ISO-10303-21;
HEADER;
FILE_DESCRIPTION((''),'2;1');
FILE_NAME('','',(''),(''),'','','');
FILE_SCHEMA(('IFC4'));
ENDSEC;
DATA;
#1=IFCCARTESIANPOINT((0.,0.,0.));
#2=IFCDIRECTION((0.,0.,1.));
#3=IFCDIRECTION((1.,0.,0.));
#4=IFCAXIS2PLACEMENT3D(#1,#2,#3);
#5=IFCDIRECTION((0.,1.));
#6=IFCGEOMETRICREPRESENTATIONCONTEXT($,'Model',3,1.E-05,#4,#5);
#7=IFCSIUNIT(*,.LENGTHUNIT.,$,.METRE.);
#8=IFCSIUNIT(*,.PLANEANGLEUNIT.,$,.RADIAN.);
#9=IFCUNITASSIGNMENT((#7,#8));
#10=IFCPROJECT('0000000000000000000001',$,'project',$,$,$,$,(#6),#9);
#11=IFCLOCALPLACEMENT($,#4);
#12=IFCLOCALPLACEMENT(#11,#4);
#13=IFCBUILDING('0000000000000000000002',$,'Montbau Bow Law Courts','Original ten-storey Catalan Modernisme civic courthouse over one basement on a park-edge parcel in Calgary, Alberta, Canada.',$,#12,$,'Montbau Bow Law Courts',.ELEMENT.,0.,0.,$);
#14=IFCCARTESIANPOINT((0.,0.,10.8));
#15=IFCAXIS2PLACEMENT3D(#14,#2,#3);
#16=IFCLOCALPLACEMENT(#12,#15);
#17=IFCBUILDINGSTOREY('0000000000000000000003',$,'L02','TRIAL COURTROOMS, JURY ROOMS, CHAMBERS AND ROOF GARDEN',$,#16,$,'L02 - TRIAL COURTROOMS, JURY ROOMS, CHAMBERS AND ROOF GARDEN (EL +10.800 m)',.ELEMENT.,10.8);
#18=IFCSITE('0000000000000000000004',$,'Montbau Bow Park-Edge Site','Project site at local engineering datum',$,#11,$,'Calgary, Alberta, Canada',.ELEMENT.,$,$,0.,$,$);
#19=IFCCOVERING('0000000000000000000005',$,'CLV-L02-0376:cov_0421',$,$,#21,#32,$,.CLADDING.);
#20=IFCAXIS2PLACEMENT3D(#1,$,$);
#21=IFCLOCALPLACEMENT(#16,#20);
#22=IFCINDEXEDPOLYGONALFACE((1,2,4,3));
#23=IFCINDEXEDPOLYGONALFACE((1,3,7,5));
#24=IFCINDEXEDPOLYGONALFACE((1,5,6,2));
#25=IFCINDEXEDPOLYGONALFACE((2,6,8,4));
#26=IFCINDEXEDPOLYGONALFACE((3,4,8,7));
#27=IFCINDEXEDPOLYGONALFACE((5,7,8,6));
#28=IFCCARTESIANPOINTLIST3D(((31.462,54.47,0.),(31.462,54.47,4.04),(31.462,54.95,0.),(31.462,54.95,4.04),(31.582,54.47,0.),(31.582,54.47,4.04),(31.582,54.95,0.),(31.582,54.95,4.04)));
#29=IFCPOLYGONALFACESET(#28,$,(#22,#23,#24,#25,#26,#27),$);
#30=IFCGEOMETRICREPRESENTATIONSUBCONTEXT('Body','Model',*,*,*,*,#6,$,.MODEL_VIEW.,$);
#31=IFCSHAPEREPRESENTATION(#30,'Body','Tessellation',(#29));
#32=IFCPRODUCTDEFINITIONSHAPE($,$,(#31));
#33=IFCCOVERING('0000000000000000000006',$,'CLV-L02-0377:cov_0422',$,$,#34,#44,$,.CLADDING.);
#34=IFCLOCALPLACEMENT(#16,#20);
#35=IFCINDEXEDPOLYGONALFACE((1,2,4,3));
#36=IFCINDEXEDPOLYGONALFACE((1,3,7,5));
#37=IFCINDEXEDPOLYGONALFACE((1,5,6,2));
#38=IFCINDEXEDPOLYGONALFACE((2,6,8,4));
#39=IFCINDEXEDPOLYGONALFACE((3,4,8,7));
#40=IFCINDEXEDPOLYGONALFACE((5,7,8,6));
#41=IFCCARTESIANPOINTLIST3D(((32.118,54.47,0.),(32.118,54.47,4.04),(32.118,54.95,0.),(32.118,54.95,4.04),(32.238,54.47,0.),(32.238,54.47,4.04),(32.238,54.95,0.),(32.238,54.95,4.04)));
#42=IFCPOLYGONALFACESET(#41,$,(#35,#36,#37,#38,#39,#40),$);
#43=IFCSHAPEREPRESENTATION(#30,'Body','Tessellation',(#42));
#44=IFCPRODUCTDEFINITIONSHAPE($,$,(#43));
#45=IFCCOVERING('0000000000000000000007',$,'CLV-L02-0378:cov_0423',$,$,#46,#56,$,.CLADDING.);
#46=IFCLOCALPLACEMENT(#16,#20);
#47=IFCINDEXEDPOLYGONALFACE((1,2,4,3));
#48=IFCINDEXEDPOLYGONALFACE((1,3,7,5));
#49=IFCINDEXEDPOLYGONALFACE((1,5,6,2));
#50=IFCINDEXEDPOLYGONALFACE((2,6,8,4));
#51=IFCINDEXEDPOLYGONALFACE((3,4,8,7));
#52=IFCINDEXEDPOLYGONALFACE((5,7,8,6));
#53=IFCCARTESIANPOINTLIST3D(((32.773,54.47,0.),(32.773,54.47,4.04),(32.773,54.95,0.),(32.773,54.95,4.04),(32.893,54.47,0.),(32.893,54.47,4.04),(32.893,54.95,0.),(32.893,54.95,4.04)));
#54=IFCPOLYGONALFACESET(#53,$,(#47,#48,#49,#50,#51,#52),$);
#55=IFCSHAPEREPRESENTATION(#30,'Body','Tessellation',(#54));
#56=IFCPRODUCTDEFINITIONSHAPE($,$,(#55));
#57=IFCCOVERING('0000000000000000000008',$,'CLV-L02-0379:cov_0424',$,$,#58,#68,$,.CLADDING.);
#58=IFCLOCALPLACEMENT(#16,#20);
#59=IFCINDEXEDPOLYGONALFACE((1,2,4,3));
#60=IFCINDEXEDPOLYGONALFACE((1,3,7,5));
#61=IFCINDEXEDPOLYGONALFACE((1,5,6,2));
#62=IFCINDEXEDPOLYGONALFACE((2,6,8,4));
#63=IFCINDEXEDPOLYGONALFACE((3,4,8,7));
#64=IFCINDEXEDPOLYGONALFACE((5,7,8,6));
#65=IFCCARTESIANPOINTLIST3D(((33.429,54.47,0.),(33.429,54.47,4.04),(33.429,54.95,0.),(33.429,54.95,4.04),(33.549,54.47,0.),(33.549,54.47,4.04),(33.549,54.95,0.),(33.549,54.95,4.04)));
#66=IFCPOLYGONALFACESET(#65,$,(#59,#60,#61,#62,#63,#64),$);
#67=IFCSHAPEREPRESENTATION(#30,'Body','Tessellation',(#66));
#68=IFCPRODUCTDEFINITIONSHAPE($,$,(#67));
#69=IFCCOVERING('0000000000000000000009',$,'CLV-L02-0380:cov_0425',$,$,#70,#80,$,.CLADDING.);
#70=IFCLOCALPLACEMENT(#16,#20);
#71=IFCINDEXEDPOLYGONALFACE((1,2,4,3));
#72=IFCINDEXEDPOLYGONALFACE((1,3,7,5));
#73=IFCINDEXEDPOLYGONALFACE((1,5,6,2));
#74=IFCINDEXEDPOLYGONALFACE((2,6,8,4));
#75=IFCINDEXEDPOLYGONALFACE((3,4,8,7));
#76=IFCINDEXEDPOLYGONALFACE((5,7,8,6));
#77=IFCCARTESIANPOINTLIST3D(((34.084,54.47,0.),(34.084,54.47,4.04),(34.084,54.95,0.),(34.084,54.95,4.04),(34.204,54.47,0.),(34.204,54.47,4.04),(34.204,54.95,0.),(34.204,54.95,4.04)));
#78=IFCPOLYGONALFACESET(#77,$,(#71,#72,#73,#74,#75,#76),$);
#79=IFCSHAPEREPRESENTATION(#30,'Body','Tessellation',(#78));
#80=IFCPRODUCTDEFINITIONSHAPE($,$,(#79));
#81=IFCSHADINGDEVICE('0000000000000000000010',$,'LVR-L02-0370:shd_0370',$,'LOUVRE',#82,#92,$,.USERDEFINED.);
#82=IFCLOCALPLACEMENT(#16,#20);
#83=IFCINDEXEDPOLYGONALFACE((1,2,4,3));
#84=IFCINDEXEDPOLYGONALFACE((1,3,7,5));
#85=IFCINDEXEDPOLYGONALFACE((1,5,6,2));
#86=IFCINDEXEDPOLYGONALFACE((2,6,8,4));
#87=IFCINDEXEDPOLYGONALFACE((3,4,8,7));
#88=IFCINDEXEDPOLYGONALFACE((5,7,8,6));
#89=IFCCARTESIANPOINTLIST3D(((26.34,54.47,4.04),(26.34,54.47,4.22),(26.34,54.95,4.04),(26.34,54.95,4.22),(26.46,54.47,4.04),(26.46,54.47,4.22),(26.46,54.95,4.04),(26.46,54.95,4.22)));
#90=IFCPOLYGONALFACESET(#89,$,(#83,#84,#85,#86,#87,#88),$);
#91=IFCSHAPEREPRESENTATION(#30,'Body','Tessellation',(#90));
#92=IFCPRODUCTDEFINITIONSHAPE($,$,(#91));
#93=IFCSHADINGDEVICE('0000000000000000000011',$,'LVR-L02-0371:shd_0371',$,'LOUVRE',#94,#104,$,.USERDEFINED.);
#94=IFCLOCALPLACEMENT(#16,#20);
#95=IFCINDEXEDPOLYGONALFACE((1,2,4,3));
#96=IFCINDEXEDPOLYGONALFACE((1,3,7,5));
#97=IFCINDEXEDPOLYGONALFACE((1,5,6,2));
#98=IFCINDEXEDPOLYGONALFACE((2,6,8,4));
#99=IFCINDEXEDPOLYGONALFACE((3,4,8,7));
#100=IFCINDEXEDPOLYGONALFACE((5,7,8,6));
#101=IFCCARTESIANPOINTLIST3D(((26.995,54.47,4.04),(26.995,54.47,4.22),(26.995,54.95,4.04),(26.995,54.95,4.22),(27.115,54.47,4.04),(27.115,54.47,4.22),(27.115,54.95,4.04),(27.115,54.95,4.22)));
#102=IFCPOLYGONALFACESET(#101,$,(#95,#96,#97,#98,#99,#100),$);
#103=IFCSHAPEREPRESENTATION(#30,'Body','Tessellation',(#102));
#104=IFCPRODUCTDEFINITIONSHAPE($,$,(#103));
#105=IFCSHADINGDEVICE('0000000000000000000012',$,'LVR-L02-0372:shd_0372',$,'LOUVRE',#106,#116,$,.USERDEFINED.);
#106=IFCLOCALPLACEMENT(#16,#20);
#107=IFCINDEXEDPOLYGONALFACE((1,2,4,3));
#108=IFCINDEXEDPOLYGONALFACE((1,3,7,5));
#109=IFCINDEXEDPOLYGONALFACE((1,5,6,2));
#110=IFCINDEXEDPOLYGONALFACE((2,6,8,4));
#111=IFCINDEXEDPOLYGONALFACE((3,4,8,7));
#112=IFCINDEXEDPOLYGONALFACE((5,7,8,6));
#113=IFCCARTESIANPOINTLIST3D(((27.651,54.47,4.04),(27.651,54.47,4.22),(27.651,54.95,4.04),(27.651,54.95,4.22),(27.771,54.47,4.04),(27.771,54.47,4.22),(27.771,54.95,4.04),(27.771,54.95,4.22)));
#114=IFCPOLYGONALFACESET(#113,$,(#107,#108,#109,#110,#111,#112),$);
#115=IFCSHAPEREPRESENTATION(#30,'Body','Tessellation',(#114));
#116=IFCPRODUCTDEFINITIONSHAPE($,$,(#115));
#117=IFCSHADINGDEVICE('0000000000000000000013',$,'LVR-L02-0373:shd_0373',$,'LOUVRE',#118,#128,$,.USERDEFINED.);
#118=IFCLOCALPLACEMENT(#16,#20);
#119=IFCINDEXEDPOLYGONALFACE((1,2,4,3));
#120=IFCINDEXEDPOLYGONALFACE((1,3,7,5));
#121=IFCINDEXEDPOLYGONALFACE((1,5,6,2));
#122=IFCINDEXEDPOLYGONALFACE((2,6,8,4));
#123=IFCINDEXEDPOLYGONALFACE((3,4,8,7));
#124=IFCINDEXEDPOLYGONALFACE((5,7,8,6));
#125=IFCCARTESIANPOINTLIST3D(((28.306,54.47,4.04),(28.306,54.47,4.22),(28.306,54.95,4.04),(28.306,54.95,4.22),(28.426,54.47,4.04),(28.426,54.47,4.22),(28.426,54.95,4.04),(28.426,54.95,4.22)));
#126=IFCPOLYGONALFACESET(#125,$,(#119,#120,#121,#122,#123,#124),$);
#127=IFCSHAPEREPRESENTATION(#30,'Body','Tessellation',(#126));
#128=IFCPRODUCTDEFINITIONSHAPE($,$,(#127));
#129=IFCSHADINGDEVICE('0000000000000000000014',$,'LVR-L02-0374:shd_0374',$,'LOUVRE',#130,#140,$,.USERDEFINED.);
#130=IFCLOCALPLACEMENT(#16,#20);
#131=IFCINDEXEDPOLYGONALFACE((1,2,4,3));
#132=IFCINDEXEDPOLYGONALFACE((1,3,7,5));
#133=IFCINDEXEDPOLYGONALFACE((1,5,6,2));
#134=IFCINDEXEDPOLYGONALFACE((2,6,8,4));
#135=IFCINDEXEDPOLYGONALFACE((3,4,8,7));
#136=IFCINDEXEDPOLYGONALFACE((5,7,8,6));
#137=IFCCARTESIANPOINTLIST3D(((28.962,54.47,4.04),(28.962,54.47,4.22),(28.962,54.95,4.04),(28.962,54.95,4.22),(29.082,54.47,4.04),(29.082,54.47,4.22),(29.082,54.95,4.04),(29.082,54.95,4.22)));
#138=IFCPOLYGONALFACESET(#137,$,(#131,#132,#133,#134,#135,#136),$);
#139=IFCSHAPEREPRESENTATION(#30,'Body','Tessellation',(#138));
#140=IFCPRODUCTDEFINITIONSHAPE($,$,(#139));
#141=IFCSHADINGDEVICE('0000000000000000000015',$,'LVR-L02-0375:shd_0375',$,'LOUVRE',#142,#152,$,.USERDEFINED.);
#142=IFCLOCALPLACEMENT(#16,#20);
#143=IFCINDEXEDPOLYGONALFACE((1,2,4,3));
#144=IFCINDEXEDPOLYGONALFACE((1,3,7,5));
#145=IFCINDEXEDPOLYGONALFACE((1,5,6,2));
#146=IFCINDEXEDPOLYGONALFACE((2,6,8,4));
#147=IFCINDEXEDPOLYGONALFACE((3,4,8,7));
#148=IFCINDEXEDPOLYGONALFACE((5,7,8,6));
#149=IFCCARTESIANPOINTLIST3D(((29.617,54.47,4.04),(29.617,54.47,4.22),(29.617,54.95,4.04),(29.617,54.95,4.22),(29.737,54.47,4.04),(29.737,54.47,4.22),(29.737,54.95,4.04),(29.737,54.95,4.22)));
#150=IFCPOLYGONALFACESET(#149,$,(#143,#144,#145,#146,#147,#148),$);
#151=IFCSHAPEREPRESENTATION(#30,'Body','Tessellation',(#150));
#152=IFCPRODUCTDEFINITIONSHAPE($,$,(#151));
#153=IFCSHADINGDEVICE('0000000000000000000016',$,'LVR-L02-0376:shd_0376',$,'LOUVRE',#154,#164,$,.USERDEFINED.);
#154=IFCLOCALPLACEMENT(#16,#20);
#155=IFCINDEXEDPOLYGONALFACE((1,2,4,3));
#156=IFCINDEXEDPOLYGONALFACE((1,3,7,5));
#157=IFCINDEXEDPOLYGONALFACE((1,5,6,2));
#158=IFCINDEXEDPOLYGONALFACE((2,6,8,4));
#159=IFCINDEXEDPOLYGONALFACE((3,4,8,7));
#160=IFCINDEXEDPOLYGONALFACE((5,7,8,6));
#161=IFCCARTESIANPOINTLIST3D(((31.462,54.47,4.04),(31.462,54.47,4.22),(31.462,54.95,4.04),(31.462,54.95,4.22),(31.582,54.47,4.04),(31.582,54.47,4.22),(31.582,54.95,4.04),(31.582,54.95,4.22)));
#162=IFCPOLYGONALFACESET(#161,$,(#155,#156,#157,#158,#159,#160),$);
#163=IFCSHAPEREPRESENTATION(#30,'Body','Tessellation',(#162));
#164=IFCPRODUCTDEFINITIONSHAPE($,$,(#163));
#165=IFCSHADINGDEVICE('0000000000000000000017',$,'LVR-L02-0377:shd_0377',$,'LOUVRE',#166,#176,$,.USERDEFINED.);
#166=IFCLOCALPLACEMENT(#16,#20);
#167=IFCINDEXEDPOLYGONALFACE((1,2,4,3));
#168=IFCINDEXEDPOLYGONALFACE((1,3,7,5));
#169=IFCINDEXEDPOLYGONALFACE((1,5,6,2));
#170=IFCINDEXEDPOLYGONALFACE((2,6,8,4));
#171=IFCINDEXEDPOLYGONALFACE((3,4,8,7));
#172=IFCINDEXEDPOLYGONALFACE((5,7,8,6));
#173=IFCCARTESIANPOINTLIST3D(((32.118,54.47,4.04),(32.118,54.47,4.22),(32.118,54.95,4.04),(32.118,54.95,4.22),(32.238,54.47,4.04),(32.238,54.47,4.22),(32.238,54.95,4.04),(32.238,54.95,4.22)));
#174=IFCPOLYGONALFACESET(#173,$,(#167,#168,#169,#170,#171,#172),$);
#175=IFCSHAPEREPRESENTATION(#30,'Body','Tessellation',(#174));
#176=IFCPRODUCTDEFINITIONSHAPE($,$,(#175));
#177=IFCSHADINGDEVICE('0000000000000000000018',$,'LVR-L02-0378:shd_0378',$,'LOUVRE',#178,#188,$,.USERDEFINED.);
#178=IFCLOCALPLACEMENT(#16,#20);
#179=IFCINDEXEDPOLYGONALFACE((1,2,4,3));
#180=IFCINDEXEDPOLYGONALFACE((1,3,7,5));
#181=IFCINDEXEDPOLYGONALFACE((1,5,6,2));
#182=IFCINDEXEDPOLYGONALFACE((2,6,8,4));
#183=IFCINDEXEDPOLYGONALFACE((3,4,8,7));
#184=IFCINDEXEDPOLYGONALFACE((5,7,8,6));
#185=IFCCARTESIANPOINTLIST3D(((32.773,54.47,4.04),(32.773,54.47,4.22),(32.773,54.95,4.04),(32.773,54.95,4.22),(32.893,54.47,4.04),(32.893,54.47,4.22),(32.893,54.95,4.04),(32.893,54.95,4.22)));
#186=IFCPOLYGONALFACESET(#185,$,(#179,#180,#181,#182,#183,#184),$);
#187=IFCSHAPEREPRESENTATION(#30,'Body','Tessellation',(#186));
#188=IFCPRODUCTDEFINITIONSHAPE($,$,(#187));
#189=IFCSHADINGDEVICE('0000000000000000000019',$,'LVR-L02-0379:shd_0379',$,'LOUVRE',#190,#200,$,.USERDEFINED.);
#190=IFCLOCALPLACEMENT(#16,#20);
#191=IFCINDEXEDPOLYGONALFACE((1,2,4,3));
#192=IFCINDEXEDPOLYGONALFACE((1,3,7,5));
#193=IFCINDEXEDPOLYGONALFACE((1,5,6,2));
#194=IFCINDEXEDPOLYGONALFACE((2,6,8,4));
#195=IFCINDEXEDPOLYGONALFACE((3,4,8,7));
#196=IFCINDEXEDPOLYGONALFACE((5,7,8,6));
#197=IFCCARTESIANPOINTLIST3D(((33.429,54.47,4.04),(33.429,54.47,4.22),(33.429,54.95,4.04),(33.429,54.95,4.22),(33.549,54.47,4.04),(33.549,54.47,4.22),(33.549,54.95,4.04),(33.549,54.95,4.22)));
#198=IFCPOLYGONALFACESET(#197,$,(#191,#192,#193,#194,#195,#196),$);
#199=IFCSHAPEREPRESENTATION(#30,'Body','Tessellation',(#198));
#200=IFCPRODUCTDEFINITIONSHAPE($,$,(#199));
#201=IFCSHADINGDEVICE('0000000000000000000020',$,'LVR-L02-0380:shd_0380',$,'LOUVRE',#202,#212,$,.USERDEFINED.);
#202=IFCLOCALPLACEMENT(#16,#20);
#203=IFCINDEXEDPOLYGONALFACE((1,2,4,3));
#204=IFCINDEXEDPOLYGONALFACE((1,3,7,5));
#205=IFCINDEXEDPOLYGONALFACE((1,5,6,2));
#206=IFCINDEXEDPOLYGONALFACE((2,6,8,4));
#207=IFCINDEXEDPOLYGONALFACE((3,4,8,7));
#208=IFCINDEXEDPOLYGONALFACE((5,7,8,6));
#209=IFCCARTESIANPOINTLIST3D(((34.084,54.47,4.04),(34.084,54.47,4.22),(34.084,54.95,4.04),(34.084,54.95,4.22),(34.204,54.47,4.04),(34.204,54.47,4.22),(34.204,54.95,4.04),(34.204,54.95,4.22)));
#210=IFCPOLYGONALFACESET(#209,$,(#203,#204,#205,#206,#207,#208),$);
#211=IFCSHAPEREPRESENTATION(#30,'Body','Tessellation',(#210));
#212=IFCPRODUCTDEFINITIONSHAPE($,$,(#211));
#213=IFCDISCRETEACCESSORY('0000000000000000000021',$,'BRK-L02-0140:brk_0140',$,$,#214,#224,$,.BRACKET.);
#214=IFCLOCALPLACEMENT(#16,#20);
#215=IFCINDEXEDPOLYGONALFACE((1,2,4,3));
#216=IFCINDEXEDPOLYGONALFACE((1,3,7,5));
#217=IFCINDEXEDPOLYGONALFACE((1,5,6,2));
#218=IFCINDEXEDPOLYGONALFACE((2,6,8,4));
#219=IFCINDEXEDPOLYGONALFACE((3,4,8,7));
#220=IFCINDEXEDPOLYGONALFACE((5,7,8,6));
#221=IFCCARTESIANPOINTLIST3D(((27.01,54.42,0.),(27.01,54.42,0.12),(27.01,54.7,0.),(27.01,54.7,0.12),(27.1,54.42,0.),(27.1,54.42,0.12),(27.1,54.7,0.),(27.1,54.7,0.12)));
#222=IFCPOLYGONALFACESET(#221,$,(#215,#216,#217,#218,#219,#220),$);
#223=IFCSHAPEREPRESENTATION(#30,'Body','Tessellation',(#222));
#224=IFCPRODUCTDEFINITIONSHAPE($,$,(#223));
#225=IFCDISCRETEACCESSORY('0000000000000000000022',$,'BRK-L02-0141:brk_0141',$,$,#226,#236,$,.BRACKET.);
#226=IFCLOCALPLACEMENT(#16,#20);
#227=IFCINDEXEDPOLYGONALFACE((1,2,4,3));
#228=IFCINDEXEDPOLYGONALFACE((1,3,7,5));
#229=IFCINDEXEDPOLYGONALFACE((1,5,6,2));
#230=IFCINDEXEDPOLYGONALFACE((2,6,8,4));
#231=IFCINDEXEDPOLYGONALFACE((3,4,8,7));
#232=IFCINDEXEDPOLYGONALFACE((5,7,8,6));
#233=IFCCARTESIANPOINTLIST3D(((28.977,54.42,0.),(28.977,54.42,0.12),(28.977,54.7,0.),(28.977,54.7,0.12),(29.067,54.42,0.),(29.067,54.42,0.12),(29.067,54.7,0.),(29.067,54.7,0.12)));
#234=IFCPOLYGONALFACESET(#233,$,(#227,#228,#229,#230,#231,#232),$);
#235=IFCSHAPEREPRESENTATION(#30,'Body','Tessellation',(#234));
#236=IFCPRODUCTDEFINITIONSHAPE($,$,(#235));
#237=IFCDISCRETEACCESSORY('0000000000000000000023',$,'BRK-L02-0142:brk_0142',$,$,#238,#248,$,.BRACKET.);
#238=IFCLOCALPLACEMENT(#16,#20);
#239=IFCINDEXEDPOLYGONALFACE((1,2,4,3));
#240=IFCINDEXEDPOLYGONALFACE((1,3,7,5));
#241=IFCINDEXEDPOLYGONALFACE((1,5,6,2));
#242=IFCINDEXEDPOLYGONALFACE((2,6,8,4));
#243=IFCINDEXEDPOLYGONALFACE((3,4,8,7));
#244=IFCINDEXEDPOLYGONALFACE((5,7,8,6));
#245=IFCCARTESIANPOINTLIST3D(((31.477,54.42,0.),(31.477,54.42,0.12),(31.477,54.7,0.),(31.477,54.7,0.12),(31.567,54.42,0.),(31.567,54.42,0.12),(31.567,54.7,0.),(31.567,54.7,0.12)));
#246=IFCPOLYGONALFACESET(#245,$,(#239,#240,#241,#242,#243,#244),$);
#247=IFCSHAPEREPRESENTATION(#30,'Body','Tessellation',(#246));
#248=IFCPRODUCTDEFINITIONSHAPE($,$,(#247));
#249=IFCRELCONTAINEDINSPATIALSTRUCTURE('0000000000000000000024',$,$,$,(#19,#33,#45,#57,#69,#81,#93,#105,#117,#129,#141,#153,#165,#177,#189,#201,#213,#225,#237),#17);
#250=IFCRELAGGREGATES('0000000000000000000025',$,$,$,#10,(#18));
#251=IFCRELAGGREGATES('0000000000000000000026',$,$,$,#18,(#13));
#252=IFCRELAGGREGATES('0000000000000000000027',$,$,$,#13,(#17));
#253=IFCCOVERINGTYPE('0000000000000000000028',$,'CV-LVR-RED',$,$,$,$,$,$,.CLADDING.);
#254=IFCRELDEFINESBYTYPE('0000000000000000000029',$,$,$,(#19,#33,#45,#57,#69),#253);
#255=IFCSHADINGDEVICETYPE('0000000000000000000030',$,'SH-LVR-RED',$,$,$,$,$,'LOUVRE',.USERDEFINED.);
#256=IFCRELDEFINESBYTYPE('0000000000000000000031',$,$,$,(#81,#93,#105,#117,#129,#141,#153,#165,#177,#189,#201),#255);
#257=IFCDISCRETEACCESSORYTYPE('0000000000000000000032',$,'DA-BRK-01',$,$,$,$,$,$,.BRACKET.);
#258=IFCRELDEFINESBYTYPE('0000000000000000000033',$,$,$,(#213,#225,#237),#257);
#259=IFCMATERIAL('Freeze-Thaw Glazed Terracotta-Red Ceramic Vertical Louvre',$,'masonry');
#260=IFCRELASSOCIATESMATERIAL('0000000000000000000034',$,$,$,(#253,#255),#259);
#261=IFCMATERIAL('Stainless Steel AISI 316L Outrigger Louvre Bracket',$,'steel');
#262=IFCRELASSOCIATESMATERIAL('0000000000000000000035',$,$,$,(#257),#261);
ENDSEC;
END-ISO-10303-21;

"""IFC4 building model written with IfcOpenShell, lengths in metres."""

from ifc_helpers import new_model, si_unit, direction, frame, frame_2d, origin_with_axes, origin_2d_with_axis, place, context, subcontext, project, spatial, rectangle, extrude, material, type_object, element, save


model = new_model("IFC4")

# Units and contexts
model_context = context("Model", 3, precision=1e-05, world=origin_with_axes(), true_north=direction((0.0, 1.0)))
body_context = subcontext(model_context, "Body", "Model", "MODEL_VIEW")
ifc_project = project(units=[si_unit("LENGTHUNIT", "METRE"), si_unit("PLANEANGLEUNIT", "RADIAN")], contexts=[model_context])

# Site, building, storey
site_placement = place(None, origin_with_axes())
site = spatial("IfcSite", under=ifc_project, at=site_placement, Name="Montbau Bow Park-Edge Site", Description="Project site at local engineering datum", LongName="Calgary, Alberta, Canada", CompositionType="ELEMENT", RefElevation=0.0)
building_placement = place(site_placement, origin_with_axes())
building = spatial("IfcBuilding", under=site, at=building_placement, Name="Montbau Bow Law Courts", Description="Original ten-storey Catalan Modernisme civic courthouse over one basement on a park-edge parcel in Calgary, Alberta, Canada.", LongName="Montbau Bow Law Courts", CompositionType="ELEMENT", ElevationOfRefHeight=0.0, ElevationOfTerrain=0.0)
storey_placement = place(building_placement, frame((0.0, 0.0, 10.8), z_axis=(0.0, 0.0, 1.0), x_axis=(1.0, 0.0, 0.0)))
storey = spatial("IfcBuildingStorey", under=building, at=storey_placement, Name="L02", Description="TRIAL COURTROOMS, JURY ROOMS, CHAMBERS AND ROOF GARDEN", LongName="L02 - TRIAL COURTROOMS, JURY ROOMS, CHAMBERS AND ROOF GARDEN (EL +10.800 m)", CompositionType="ELEMENT", Elevation=10.8)

# Coverings
ifc_material_1 = material(Name="Freeze-Thaw Glazed Terracotta-Red Ceramic Vertical Louvre", Category="masonry")
covering_type = type_object("IfcCoveringType", Name="CV-LVR-RED", PredefinedType="CLADDING", material=ifc_material_1)
for number, where, z_axis, x_axis, name in (
    (1, (31.522, 54.47, 10.8), (1.0, 0.0, 0.0), (0.0, 1.0, 0.0), "CLV-L02-0376:cov_0421"),
    (2, (32.178, 54.47, 10.8), (1.0, 0.0, 0.0), (0.0, 1.0, 0.0), "CLV-L02-0377:cov_0422"),
    (3, (32.833, 54.47, 10.8), (1.0, 0.0, 0.0), (0.0, 1.0, 0.0), "CLV-L02-0378:cov_0423"),
    (4, (33.489, 54.47, 10.8), (1.0, 0.0, 0.0), (0.0, 1.0, 0.0), "CLV-L02-0379:cov_0424"),
    (5, (34.144, 54.47, 10.8), (1.0, 0.0, 0.0), (0.0, 1.0, 0.0), "CLV-L02-0380:cov_0425"),
):
    element("IfcCovering", number, at=place(None, frame(where, z_axis=z_axis, x_axis=x_axis)), inside=storey, type_object=covering_type, Name=name, PredefinedType="CLADDING", context=body_context, shape_type="SweptSolid", body=[
        extrude(rectangle(XDim=0.48, YDim=4.04, at=frame_2d((0.24, 2.02), x_axis=(1.0, 0.0))), frame((0.0, 0.0, -0.06), z_axis=(0.0, 0.0, 1.0), x_axis=(1.0, 0.0, 0.0)), (0.0, 0.0, 1.0), 0.12),
    ])

# Shading devices
shading_device_type = type_object("IfcShadingDeviceType", Name="SH-LVR-RED", ElementType="LOUVRE", PredefinedType="USERDEFINED", material=ifc_material_1)
for number, where, z_axis, x_axis, name in (
    (6, (26.4, 54.71, 14.84), (0.0, 0.0, 1.0), (0.0, 1.0, 0.0), "LVR-L02-0370:shd_0370"),
    (7, (27.055, 54.71, 14.84), (0.0, 0.0, 1.0), (0.0, 1.0, 0.0), "LVR-L02-0371:shd_0371"),
    (8, (27.711, 54.71, 14.84), (0.0, 0.0, 1.0), (0.0, 1.0, 0.0), "LVR-L02-0372:shd_0372"),
    (9, (28.366, 54.71, 14.84), (0.0, 0.0, 1.0), (0.0, 1.0, 0.0), "LVR-L02-0373:shd_0373"),
    (10, (29.022, 54.71, 14.84), (0.0, 0.0, 1.0), (0.0, 1.0, 0.0), "LVR-L02-0374:shd_0374"),
    (11, (29.677, 54.71, 14.84), (0.0, 0.0, 1.0), (0.0, 1.0, 0.0), "LVR-L02-0375:shd_0375"),
    (12, (31.522, 54.71, 14.84), (0.0, 0.0, 1.0), (0.0, 1.0, 0.0), "LVR-L02-0376:shd_0376"),
    (13, (32.178, 54.71, 14.84), (0.0, 0.0, 1.0), (0.0, 1.0, 0.0), "LVR-L02-0377:shd_0377"),
    (14, (32.833, 54.71, 14.84), (0.0, 0.0, 1.0), (0.0, 1.0, 0.0), "LVR-L02-0378:shd_0378"),
    (15, (33.489, 54.71, 14.84), (0.0, 0.0, 1.0), (0.0, 1.0, 0.0), "LVR-L02-0379:shd_0379"),
    (16, (34.144, 54.71, 14.84), (0.0, 0.0, 1.0), (0.0, 1.0, 0.0), "LVR-L02-0380:shd_0380"),
):
    element("IfcShadingDevice", number, at=place(None, frame(where, z_axis=z_axis, x_axis=x_axis)), inside=storey, type_object=shading_device_type, Name=name, ObjectType="LOUVRE", PredefinedType="USERDEFINED", context=body_context, shape_type="SweptSolid", body=[
        extrude(rectangle(XDim=0.48, YDim=0.12, at=origin_2d_with_axis()), origin_with_axes(), (0.0, 0.0, 1.0), 0.18),
    ])

# Discrete accessories
ifc_material_2 = material(Name="Stainless Steel AISI 316L Outrigger Louvre Bracket", Category="steel")
discrete_accessory_type = type_object("IfcDiscreteAccessoryType", Name="DA-BRK-01", PredefinedType="BRACKET", material=ifc_material_2)
for number, where, z_axis, x_axis, name in (
    (17, (27.055, 54.56, 10.8), (0.0, 0.0, 1.0), (0.0, 1.0, 0.0), "BRK-L02-0140:brk_0140"),
    (18, (29.022, 54.56, 10.8), (0.0, 0.0, 1.0), (0.0, 1.0, 0.0), "BRK-L02-0141:brk_0141"),
    (19, (31.522, 54.56, 10.8), (0.0, 0.0, 1.0), (0.0, 1.0, 0.0), "BRK-L02-0142:brk_0142"),
):
    element("IfcDiscreteAccessory", number, at=place(None, frame(where, z_axis=z_axis, x_axis=x_axis)), inside=storey, type_object=discrete_accessory_type, Name=name, PredefinedType="BRACKET", context=body_context, shape_type="SweptSolid", body=[
        extrude(rectangle(XDim=0.28, YDim=0.09, at=origin_2d_with_axis()), origin_with_axes(), (0.0, 0.0, 1.0), 0.12),
    ])

save(model, "model.ifc")
